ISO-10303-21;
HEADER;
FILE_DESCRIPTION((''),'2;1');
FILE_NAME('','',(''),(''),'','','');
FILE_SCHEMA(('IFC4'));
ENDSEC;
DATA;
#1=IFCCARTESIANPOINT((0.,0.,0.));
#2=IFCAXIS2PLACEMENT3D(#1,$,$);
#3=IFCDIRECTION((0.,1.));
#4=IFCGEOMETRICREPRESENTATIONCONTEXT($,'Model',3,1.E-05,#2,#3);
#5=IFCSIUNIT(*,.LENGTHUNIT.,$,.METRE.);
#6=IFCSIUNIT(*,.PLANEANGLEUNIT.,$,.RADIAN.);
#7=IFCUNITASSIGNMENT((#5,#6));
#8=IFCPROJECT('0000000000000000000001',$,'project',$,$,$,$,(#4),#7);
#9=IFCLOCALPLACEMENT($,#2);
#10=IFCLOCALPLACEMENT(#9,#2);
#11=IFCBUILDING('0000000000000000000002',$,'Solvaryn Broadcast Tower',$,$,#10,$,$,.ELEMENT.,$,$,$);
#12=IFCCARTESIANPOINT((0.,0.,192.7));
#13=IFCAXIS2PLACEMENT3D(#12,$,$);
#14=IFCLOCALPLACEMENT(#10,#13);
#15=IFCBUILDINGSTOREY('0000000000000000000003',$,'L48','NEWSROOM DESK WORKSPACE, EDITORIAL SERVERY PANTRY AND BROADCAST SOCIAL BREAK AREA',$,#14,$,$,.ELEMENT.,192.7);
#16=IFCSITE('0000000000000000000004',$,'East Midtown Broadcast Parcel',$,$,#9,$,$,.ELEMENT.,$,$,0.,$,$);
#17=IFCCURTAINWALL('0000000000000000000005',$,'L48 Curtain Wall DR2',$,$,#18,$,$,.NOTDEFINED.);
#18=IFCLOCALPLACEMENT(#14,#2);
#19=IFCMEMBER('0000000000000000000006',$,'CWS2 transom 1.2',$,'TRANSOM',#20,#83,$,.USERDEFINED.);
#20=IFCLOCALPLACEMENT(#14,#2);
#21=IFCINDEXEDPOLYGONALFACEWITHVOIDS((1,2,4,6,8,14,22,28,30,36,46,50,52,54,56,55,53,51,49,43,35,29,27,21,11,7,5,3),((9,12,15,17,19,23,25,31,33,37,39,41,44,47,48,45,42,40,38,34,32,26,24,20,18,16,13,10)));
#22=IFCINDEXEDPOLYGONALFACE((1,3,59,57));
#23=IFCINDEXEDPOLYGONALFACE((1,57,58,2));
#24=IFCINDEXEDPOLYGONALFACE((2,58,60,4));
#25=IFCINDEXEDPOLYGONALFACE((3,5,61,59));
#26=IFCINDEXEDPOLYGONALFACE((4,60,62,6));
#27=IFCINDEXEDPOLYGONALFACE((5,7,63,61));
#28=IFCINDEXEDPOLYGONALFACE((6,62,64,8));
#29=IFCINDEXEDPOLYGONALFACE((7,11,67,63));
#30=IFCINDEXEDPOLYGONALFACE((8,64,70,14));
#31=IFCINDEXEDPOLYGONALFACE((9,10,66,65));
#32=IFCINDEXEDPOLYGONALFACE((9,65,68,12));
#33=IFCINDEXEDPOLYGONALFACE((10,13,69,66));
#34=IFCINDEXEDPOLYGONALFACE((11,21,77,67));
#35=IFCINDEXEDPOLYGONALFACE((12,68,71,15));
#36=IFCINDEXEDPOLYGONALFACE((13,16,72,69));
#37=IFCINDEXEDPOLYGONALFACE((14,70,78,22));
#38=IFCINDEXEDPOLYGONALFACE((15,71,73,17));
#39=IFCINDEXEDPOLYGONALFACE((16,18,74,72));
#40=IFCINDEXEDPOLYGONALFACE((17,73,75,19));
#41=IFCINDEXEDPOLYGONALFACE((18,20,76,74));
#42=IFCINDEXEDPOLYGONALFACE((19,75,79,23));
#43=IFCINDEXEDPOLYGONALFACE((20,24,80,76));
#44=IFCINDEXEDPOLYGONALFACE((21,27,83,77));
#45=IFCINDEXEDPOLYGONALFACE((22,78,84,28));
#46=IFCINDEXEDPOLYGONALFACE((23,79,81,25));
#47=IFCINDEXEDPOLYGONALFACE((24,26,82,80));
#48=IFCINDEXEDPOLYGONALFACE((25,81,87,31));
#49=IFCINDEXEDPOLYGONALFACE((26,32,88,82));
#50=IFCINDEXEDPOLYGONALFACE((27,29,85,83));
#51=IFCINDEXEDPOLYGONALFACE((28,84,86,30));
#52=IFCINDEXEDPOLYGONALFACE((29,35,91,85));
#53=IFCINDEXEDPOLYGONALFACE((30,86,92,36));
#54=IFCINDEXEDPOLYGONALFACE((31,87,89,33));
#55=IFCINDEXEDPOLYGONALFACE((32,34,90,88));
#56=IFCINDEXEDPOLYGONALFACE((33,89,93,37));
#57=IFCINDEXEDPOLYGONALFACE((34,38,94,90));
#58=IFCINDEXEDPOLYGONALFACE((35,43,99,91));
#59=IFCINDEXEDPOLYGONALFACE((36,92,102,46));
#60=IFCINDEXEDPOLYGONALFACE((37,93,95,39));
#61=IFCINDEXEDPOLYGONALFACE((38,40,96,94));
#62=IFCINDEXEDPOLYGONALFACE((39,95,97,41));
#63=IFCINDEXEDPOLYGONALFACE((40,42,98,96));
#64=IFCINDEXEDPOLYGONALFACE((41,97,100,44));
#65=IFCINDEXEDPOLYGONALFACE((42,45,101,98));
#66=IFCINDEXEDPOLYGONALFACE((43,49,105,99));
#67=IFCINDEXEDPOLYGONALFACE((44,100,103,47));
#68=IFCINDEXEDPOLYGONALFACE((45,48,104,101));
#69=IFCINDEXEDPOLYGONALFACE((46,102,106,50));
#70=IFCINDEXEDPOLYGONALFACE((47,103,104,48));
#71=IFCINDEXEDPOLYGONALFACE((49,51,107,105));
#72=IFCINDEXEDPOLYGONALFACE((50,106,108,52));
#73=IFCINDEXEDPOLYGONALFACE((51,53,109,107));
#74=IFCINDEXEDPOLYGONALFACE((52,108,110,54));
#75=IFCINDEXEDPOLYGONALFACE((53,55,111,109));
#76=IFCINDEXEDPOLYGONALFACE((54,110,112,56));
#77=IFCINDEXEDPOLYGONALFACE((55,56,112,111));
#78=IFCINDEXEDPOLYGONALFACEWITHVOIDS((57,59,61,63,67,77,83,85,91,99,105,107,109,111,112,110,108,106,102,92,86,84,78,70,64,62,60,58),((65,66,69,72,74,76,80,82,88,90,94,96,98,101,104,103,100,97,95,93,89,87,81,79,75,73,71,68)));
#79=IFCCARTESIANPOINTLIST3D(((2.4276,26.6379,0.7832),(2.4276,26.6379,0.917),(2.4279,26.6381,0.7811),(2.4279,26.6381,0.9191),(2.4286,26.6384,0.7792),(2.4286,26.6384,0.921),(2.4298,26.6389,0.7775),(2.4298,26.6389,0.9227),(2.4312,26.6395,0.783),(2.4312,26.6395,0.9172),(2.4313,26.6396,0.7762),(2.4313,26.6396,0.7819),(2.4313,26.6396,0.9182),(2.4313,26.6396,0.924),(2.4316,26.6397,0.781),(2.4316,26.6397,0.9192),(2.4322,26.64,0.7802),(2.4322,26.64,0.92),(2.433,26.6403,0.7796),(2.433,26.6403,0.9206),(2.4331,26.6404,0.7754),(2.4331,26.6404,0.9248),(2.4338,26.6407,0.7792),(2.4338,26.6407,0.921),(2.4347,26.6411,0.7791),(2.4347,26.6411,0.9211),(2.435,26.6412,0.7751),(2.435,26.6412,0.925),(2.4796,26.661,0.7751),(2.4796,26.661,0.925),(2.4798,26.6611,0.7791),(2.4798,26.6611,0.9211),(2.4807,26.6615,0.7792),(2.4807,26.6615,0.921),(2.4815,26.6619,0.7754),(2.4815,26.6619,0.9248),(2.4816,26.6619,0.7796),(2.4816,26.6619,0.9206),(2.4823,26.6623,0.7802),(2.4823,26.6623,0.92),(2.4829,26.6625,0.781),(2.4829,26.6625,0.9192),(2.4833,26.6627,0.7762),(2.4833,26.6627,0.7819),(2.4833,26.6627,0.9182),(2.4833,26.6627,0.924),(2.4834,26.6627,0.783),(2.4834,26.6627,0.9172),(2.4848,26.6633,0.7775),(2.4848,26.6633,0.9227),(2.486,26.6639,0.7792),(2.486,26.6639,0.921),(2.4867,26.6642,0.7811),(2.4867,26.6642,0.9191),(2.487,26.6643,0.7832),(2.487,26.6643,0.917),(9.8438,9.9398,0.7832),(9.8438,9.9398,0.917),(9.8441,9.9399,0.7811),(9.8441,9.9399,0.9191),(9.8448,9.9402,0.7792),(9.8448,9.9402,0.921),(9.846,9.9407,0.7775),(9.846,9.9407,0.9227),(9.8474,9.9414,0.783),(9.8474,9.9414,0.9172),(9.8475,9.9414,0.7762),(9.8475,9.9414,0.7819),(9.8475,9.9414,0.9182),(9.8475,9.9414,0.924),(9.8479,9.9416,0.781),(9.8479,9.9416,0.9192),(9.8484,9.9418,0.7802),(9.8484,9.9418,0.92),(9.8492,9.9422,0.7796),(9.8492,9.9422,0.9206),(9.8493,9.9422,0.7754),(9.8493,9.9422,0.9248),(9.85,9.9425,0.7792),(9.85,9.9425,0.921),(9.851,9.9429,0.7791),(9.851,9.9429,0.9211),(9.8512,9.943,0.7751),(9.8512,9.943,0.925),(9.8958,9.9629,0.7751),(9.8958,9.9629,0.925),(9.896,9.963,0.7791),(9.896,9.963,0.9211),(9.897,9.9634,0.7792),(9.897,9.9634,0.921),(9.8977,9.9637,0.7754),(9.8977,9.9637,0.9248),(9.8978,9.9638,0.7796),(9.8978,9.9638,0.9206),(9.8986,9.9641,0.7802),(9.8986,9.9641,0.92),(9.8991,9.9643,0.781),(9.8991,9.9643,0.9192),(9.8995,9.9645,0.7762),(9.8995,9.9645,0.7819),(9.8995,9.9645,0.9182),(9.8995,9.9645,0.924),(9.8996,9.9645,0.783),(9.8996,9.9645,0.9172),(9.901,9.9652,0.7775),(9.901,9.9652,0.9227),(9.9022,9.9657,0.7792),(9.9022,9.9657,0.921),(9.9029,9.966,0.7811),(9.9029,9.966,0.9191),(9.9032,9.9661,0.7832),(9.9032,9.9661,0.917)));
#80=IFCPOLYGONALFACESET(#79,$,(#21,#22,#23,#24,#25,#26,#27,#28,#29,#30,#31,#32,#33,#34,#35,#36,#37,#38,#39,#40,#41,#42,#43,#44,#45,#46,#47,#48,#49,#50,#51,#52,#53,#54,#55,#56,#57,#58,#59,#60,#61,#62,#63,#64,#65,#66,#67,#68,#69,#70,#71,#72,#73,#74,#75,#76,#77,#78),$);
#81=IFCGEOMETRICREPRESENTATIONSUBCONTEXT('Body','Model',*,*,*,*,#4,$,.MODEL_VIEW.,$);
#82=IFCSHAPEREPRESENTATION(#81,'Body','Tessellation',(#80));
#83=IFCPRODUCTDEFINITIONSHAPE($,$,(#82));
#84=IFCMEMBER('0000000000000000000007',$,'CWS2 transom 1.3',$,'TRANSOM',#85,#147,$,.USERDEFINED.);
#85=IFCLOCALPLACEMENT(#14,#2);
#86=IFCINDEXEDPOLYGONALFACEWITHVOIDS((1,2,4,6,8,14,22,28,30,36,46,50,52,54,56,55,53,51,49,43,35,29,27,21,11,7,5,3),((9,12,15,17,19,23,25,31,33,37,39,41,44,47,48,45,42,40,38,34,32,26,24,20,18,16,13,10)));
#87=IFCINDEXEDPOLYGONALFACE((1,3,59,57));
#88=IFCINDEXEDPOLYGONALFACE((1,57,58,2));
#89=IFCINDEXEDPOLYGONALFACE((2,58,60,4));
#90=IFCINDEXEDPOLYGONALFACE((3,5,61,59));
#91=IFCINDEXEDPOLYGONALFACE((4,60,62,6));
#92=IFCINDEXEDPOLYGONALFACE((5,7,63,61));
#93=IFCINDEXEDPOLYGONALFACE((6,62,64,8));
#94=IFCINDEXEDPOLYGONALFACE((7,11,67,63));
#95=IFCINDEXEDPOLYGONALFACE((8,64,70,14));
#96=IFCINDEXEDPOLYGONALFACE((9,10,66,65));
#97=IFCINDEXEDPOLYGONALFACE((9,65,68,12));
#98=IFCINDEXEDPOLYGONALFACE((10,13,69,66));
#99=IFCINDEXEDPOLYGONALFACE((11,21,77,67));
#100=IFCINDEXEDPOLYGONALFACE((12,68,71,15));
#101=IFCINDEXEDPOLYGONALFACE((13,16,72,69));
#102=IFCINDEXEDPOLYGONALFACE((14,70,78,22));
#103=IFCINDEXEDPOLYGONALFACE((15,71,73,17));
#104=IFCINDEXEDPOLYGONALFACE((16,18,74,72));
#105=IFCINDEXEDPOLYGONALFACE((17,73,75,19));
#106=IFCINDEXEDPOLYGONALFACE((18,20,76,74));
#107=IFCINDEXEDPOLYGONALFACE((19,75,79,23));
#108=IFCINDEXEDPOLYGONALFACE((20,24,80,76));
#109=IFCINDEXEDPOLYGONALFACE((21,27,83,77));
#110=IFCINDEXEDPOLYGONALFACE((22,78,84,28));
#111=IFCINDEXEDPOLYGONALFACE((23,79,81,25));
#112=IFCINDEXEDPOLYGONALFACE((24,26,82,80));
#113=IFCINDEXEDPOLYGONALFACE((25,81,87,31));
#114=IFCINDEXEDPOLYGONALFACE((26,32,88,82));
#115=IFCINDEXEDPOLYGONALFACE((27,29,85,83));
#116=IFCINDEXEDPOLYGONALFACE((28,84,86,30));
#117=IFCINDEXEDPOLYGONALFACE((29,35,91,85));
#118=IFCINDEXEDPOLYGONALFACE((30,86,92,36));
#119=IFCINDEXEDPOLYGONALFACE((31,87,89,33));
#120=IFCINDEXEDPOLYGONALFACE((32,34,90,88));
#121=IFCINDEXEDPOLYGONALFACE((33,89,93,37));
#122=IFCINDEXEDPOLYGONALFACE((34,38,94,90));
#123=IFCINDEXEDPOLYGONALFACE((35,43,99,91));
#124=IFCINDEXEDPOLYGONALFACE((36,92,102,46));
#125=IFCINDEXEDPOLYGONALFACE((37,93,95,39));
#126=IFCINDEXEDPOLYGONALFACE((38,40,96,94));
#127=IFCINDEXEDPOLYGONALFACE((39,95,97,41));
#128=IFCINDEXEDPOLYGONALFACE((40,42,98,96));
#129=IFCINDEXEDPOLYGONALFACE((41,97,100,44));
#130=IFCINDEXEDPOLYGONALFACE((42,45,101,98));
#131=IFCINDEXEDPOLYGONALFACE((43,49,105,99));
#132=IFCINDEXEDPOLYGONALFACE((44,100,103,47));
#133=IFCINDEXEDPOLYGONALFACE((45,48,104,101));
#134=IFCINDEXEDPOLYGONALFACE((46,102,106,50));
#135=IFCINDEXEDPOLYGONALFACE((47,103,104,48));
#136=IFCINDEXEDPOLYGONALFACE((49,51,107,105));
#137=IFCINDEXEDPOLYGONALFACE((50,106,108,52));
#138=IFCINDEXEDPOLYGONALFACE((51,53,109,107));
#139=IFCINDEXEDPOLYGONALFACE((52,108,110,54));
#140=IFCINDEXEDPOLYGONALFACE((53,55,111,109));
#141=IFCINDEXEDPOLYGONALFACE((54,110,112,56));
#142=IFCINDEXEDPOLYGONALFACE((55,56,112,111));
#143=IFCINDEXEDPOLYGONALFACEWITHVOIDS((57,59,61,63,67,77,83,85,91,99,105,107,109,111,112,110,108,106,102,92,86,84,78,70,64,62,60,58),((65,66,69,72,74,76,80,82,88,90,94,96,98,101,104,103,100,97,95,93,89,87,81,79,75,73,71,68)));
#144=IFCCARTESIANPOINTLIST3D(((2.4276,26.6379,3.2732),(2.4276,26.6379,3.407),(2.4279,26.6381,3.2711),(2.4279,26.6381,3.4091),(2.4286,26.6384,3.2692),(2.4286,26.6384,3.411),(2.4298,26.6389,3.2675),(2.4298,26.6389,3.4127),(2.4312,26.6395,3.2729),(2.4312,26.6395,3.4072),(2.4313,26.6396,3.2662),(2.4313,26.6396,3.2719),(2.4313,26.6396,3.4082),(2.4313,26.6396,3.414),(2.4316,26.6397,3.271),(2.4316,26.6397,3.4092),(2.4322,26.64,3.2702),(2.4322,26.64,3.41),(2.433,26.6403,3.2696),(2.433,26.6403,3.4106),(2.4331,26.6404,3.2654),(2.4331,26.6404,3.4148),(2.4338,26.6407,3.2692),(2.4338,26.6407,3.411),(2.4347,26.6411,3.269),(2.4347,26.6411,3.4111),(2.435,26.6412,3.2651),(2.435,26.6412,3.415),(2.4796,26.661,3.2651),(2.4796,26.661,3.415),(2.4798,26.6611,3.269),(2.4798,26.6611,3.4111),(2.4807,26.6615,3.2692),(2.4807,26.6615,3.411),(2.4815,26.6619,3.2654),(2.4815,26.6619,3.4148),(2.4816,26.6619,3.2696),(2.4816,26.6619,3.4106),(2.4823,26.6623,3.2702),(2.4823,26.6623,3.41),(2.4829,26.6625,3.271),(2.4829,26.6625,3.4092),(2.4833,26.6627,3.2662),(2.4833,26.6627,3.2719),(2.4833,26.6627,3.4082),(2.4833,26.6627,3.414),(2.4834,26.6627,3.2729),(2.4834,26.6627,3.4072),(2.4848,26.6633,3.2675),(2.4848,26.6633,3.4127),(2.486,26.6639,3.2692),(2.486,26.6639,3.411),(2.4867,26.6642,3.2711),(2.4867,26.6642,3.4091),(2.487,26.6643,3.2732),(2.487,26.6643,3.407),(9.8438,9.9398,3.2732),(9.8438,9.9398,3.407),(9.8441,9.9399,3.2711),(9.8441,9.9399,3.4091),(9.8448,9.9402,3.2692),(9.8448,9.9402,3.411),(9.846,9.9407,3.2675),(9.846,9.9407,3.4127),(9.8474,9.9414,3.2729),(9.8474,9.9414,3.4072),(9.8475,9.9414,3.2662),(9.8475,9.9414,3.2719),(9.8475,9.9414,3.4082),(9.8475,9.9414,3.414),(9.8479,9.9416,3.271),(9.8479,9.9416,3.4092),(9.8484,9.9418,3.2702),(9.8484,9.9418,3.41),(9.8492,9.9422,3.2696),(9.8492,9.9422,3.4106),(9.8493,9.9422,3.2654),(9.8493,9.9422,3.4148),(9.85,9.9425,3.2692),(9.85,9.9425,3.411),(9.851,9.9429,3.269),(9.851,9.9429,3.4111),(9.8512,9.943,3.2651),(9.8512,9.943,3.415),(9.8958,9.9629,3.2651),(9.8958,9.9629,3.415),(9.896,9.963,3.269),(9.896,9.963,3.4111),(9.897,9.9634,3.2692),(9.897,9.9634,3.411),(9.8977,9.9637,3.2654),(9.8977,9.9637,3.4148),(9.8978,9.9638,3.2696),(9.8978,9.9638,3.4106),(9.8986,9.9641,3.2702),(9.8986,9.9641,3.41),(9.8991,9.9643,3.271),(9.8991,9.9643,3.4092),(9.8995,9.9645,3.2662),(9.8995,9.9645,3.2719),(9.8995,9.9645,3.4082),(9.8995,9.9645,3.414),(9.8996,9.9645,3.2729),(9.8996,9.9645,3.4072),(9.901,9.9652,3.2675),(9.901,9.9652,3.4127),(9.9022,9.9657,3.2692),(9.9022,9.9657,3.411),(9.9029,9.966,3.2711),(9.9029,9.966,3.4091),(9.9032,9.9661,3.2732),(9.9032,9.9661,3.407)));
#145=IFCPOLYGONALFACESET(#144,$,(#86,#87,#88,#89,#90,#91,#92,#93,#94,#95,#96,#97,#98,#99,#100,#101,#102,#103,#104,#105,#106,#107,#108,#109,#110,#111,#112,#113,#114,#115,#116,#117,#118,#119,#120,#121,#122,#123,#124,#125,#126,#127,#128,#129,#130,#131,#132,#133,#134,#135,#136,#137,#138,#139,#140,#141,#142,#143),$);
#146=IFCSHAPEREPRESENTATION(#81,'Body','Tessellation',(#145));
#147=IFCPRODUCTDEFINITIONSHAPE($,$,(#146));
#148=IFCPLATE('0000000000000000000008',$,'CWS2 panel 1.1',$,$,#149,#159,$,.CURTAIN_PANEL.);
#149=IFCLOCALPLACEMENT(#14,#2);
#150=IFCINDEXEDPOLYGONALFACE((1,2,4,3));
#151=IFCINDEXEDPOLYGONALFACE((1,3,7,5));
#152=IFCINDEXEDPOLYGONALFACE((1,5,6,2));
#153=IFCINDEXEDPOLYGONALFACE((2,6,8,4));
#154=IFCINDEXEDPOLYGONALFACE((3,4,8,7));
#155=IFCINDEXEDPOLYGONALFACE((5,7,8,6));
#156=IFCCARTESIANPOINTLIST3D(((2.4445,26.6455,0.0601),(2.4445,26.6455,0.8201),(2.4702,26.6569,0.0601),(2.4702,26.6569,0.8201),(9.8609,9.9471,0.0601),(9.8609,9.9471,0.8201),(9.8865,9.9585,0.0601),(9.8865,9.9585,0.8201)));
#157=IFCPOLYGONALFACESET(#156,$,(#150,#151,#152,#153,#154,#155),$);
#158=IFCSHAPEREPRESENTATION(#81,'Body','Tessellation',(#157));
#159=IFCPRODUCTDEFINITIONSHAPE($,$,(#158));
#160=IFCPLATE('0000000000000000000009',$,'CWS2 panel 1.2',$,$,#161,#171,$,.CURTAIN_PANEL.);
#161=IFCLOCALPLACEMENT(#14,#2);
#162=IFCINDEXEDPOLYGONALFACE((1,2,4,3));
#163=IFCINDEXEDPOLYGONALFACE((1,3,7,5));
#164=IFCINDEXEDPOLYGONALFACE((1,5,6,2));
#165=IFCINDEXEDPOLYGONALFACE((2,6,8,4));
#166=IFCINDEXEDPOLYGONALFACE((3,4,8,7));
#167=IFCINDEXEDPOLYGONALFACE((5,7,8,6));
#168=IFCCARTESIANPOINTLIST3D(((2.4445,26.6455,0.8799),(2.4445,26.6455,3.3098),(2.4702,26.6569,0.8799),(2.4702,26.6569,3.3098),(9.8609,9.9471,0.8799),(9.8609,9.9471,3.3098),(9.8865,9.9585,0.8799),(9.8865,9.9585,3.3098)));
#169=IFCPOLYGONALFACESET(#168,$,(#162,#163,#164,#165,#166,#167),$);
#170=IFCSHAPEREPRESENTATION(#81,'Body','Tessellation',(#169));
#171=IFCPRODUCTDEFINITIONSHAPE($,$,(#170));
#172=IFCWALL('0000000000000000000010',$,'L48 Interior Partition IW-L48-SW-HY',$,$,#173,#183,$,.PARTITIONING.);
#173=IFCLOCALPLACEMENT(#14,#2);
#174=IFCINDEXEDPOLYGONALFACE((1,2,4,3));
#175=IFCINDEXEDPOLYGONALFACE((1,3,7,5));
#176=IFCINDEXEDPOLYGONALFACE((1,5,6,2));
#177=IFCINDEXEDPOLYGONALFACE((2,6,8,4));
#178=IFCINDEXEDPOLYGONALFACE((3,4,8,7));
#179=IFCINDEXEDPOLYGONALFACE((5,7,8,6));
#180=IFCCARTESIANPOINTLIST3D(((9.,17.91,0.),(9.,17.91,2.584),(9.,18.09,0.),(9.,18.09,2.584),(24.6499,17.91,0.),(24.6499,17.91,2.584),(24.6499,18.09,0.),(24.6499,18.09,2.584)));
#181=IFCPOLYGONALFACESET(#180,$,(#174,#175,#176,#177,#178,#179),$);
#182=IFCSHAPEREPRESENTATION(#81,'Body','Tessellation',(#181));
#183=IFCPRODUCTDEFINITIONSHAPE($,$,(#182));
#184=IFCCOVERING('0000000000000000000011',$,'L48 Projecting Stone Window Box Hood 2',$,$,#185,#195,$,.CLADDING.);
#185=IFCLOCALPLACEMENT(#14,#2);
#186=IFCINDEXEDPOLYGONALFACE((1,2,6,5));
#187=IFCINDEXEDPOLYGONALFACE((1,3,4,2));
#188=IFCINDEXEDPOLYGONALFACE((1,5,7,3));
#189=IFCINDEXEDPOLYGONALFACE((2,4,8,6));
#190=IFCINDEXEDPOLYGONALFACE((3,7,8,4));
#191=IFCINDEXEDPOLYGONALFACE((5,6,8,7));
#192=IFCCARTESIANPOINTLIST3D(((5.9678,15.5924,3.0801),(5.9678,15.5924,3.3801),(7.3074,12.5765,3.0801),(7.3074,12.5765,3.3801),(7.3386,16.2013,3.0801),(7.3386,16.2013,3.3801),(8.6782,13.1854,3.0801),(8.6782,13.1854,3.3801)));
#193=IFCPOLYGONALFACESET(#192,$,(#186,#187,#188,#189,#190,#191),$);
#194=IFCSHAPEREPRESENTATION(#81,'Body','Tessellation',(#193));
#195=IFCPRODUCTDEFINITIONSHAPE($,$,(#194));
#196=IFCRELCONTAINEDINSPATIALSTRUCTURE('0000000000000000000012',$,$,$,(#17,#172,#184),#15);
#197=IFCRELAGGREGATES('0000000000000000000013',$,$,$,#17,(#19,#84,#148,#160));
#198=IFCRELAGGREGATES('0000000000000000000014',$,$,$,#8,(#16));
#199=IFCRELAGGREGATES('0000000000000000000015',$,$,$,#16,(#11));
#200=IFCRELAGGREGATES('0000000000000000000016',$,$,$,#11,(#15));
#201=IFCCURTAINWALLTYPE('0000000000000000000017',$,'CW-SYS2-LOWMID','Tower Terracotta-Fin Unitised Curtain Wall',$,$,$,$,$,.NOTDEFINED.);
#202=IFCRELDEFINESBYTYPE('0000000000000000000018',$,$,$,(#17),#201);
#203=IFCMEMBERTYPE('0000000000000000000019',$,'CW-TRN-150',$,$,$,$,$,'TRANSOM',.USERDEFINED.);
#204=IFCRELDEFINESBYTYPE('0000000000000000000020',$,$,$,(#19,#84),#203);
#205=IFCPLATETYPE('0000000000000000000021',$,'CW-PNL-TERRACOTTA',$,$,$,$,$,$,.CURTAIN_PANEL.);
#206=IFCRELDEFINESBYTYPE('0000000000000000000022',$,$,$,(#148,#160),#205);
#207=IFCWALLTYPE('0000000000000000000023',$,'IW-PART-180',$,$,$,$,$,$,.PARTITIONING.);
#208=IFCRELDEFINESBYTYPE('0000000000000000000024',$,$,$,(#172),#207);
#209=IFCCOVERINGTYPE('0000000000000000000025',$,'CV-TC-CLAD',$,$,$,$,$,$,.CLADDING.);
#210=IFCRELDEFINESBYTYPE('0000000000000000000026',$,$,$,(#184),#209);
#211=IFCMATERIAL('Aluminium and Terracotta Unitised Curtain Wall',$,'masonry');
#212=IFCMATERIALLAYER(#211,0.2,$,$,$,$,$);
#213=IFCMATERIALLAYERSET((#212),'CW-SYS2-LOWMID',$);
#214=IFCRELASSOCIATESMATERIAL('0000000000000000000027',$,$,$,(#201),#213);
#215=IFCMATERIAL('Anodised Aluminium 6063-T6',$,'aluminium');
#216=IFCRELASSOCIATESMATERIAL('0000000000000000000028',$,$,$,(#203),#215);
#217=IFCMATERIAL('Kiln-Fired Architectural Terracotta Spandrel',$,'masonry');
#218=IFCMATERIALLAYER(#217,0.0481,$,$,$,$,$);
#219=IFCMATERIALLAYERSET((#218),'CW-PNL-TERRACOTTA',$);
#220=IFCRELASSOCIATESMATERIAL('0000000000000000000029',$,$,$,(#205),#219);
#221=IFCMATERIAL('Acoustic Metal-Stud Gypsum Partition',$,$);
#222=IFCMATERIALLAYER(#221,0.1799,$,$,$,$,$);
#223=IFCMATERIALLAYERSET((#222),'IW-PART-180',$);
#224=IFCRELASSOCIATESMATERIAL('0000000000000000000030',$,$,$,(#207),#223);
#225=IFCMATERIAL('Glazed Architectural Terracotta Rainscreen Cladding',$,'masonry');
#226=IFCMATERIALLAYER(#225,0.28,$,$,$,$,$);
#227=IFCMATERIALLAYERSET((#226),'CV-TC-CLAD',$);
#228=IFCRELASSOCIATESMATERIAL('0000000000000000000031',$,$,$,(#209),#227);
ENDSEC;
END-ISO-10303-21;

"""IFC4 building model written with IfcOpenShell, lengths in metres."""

from ifc_helpers import new_model, si_unit, direction, frame, frame_2d, origin, origin_2d, place, context, subcontext, project, spatial, rectangle, hollow_rectangle, extrude, material, layer, layer_set, material_profile, profile_set, type_object, element, aggregate, save


model = new_model("IFC4")

# Units and contexts
model_context = context("Model", 3, precision=1e-05, world=origin(), true_north=direction((0.0, 1.0)))
body_context = subcontext(model_context, "Body", "Model", "MODEL_VIEW")
ifc_project = project(units=[si_unit("LENGTHUNIT", "METRE"), si_unit("PLANEANGLEUNIT", "RADIAN")], contexts=[model_context])

# Site, building, storey
site_placement = place(None, origin())
site = spatial("IfcSite", under=ifc_project, at=site_placement, Name="East Midtown Broadcast Parcel", CompositionType="ELEMENT", RefElevation=0.0)
building_placement = place(site_placement, origin())
building = spatial("IfcBuilding", under=site, at=building_placement, Name="Solvaryn Broadcast Tower", CompositionType="ELEMENT")
storey_placement = place(building_placement, frame((0.0, 0.0, 192.7)))
storey = spatial("IfcBuildingStorey", under=building, at=storey_placement, Name="L48", Description="NEWSROOM DESK WORKSPACE, EDITORIAL SERVERY PANTRY AND BROADCAST SOCIAL BREAK AREA", CompositionType="ELEMENT", Elevation=192.7)

# Shared definitions
ifc_material_1 = material(Name="Aluminium and Terracotta Unitised Curtain Wall", Category="masonry")
ifc_layer_1 = layer(ifc_material_1, 0.2)
ifc_layer_set_1 = layer_set([ifc_layer_1], Name="CW-SYS2-LOWMID")
curtain_wall_type = type_object("IfcCurtainWallType", Name="CW-SYS2-LOWMID", Description="Tower Terracotta-Fin Unitised Curtain Wall", PredefinedType="NOTDEFINED", material=ifc_layer_set_1)

# Curtain wall, members, plates
curtain_wall_1_placement = place(storey_placement, origin())
curtain_wall_1 = element("IfcCurtainWall", 1, at=curtain_wall_1_placement, inside=storey, type_object=curtain_wall_type, Name="L48 Curtain Wall DR2", PredefinedType="NOTDEFINED")
ifc_material_2 = material(Name="Anodised Aluminium 6063-T6", Category="aluminium")
ifc_material_profile_1 = material_profile(ifc_material_2, hollow_rectangle(XDim=0.0649, YDim=0.1499, WallThickness=0.0039, InnerFilletRadius=0.0039, OuterFilletRadius=0.0081, at=origin_2d()))
ifc_profile_set_1 = profile_set([ifc_material_profile_1], Name="Anodised Aluminium 6063-T6")
member_type_1 = type_object("IfcMemberType", Name="CW-TRN-150", ElementType="TRANSOM", PredefinedType="USERDEFINED", material=ifc_profile_set_1)
member_1_placement = place(storey_placement, frame((2.4573, 26.6511, 0.8501), z_axis=(0.405902, -0.913917, 0.0), x_axis=(0.913917, 0.405902, 0.0)))
member_1 = element("IfcMember", 2, at=member_1_placement, type_object=member_type_1, Name="CWS2 transom 1.2", ObjectType="TRANSOM", PredefinedType="USERDEFINED", context=body_context, shape_type="SweptSolid", body=[
    extrude(hollow_rectangle(XDim=0.0649, YDim=0.1499, WallThickness=0.0039, InnerFilletRadius=0.0039, OuterFilletRadius=0.0081, at=origin_2d()), origin(), (0.0, 0.0, 1.0), 18.271),
])
member_2_placement = place(storey_placement, frame((2.4573, 26.6511, 3.3401), z_axis=(0.405902, -0.913917, 0.0), x_axis=(0.913917, 0.405902, 0.0)))
member_2 = element("IfcMember", 3, at=member_2_placement, type_object=member_type_1, Name="CWS2 transom 1.3", ObjectType="TRANSOM", PredefinedType="USERDEFINED", context=body_context, shape_type="SweptSolid", body=[
    extrude(hollow_rectangle(XDim=0.0649, YDim=0.1499, WallThickness=0.0039, InnerFilletRadius=0.0039, OuterFilletRadius=0.0081, at=origin_2d()), origin(), (0.0, 0.0, 1.0), 18.271),
])
ifc_material_3 = material(Name="Kiln-Fired Architectural Terracotta Spandrel", Category="masonry")
ifc_layer_2 = layer(ifc_material_3, 0.0481)
ifc_layer_set_2 = layer_set([ifc_layer_2], Name="CW-PNL-TERRACOTTA")
plate_type = type_object("IfcPlateType", Name="CW-PNL-TERRACOTTA", PredefinedType="CURTAIN_PANEL", material=ifc_layer_set_2)
plate_1_placement = place(storey_placement, frame((6.1655, 18.302, 0.0601), z_axis=(0.0, 0.0, 1.0), x_axis=(0.405901, -0.913917, 0.0)))
plate_1 = element("IfcPlate", 4, at=plate_1_placement, type_object=plate_type, Name="CWS2 panel 1.1", PredefinedType="CURTAIN_PANEL", context=body_context, shape_type="SweptSolid", body=[
    extrude(rectangle(XDim=18.2712, YDim=0.0281, at=origin_2d()), origin(), (0.0, 0.0, 1.0), 0.76),
])
plate_2_placement = place(storey_placement, frame((6.1655, 18.302, 0.8799), z_axis=(0.0, 0.0, 1.0), x_axis=(0.405901, -0.913917, 0.0)))
plate_2 = element("IfcPlate", 5, at=plate_2_placement, type_object=plate_type, Name="CWS2 panel 1.2", PredefinedType="CURTAIN_PANEL", context=body_context, shape_type="SweptSolid", body=[
    extrude(rectangle(XDim=18.2712, YDim=0.0281, at=origin_2d()), origin(), (0.0, 0.0, 1.0), 2.4299),
])
aggregate(curtain_wall_1, [member_1, member_2, plate_1, plate_2])

# Wall
ifc_material_4 = material(Name="Acoustic Metal-Stud Gypsum Partition")
ifc_layer_3 = layer(ifc_material_4, 0.1799)
ifc_layer_set_3 = layer_set([ifc_layer_3], Name="IW-PART-180")
wall_type = type_object("IfcWallType", Name="IW-PART-180", PredefinedType="PARTITIONING", material=ifc_layer_set_3)
wall_placement = place(storey_placement, frame((9.0, 18.0, 0.0), z_axis=(0.0, 0.0, 1.0), x_axis=(1.0, 0.0, 0.0)))
element("IfcWall", 6, at=wall_placement, inside=storey, type_object=wall_type, Name="L48 Interior Partition IW-L48-SW-HY", PredefinedType="PARTITIONING", context=body_context, shape_type="SweptSolid", body=[
    extrude(rectangle(XDim=15.6499, YDim=0.1799, at=frame_2d((7.825, 0.0))), origin(), (0.0, 0.0, 1.0), 2.584),
])

# Covering
ifc_material_5 = material(Name="Glazed Architectural Terracotta Rainscreen Cladding", Category="masonry")
ifc_layer_4 = layer(ifc_material_5, 0.28)
ifc_layer_set_4 = layer_set([ifc_layer_4], Name="CV-TC-CLAD")
covering_type_1 = type_object("IfcCoveringType", Name="CV-TC-CLAD", PredefinedType="CLADDING", material=ifc_layer_set_4)
for number, where, z_axis, x_axis, name in (
    (7, (7.323, 14.3889, 3.0801), (0.0, 0.0, 1.0), (0.405939, -0.9139, 0.0), "L48 Projecting Stone Window Box Hood 2"),
):
    element("IfcCovering", number, at=place(storey_placement, frame(where, z_axis=z_axis, x_axis=x_axis)), inside=storey, type_object=covering_type_1, Name=name, PredefinedType="CLADDING", context=body_context, shape_type="SweptSolid", body=[
        extrude(rectangle(XDim=3.3, YDim=1.5, at=origin_2d()), origin(), (0.0, 0.0, 1.0), 0.3),
    ])

save(model, "model.ifc")
